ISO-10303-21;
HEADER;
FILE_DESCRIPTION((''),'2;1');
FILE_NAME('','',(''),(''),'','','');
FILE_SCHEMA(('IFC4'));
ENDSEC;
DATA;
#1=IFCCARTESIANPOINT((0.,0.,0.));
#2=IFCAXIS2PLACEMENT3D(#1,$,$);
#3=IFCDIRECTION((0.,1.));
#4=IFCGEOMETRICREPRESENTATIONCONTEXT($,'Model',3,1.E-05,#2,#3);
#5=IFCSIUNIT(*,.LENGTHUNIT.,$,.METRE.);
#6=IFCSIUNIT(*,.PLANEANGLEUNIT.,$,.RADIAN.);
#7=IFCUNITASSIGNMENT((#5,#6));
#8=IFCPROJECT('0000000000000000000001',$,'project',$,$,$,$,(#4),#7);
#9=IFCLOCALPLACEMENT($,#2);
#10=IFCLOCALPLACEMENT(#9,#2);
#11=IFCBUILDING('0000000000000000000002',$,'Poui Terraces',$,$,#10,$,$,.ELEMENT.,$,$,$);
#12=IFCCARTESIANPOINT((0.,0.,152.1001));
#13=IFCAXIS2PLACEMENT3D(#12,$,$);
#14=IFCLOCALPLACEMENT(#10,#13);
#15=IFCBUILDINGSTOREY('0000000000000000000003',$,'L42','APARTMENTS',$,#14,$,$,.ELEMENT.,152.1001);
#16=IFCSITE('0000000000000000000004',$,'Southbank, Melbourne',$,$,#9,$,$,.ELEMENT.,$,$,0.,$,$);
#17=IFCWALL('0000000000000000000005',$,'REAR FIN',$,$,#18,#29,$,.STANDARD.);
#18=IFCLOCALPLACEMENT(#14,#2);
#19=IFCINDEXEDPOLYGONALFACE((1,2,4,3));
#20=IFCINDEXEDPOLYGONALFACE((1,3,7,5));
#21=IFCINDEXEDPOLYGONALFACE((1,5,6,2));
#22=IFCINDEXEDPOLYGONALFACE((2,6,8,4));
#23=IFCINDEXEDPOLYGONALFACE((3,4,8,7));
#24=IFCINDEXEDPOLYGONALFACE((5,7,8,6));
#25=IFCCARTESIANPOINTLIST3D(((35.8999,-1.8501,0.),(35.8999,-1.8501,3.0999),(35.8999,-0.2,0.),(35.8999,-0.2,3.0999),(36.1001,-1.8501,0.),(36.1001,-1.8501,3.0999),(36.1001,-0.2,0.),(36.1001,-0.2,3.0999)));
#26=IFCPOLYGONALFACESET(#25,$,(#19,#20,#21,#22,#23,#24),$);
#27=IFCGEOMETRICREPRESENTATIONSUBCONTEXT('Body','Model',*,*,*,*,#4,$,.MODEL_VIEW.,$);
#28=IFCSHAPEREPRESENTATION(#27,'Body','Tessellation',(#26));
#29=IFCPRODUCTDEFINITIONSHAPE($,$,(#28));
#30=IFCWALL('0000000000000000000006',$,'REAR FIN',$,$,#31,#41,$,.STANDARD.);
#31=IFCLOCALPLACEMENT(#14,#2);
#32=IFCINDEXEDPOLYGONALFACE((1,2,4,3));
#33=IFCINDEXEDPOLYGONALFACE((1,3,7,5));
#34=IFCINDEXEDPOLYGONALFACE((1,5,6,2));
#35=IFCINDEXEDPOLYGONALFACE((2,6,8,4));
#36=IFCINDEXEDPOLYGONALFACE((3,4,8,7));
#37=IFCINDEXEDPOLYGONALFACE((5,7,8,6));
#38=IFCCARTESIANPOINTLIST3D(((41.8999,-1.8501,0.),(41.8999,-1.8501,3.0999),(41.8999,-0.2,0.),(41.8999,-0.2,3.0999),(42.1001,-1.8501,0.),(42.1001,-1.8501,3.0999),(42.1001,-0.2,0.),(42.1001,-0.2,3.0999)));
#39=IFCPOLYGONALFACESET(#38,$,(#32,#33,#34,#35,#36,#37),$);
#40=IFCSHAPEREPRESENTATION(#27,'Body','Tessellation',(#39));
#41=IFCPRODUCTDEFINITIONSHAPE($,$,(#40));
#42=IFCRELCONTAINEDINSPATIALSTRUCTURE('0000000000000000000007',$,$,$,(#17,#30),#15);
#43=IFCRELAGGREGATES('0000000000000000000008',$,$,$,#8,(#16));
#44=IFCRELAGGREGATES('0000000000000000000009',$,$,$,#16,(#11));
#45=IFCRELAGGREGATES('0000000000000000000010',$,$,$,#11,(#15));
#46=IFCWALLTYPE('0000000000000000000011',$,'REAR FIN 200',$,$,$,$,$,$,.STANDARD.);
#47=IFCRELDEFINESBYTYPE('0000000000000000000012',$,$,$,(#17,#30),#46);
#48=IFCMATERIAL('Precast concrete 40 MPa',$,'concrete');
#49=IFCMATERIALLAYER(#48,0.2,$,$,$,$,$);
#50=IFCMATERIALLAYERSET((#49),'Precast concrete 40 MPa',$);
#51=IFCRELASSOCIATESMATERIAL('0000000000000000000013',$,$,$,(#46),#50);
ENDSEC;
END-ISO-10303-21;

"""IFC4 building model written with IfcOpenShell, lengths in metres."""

from ifc_helpers import new_model, si_unit, direction, frame, origin, place, context, subcontext, project, spatial, polyline, outline, extrude, source, transform, mapped, material, layer, layer_set, type_object, element, save


model = new_model("IFC4")

# Units and contexts
model_context = context("Model", 3, precision=1e-05, world=origin(), true_north=direction((0.0, 1.0)))
body_context = subcontext(model_context, "Body", "Model", "MODEL_VIEW")
ifc_project = project(units=[si_unit("LENGTHUNIT", "METRE"), si_unit("PLANEANGLEUNIT", "RADIAN")], contexts=[model_context])

# Site, building, storey
site_placement = place(None, origin())
site = spatial("IfcSite", under=ifc_project, at=site_placement, Name="Southbank, Melbourne", CompositionType="ELEMENT", RefElevation=0.0)
building_placement = place(site_placement, origin())
building = spatial("IfcBuilding", under=site, at=building_placement, Name="Poui Terraces", CompositionType="ELEMENT")
storey_placement = place(building_placement, frame((0.0, 0.0, 152.1001)))
storey = spatial("IfcBuildingStorey", under=building, at=storey_placement, Name="L42", Description="APARTMENTS", CompositionType="ELEMENT", Elevation=152.1001)

# Shared definitions
ifc_material_1 = material(Name="Precast concrete 40 MPa", Category="concrete")

# Walls
ifc_layer_1 = layer(ifc_material_1, 0.2)
ifc_layer_set_1 = layer_set([ifc_layer_1], Name="Precast concrete 40 MPa")
wall_type_1 = type_object("IfcWallType", Name="REAR FIN 200", PredefinedType="STANDARD", material=ifc_layer_set_1)
shared_shape_1 = source(origin(), body_context, "Body", "SweptSolid", [
    extrude(outline(polyline([(0.0, 0.0), (0.2002, 0.0), (0.2002, 1.6501), (0.0, 1.6501), (0.0, 0.0)])), origin(), (0.0, 0.0, 1.0), 3.0999),
])
for number, where, name in (
    (1, (35.8999, -1.8501, 0.0), "REAR FIN"),
    (2, (41.8999, -1.8501, 0.0), "REAR FIN"),
):
    element("IfcWall", number, at=place(storey_placement, frame(where)), inside=storey, type_object=wall_type_1, Name=name, PredefinedType="STANDARD", context=body_context, shape_type="MappedRepresentation", body=[
        mapped(shared_shape_1, transform((0.0, 0.0, 0.0))),
    ])

save(model, "model.ifc")
